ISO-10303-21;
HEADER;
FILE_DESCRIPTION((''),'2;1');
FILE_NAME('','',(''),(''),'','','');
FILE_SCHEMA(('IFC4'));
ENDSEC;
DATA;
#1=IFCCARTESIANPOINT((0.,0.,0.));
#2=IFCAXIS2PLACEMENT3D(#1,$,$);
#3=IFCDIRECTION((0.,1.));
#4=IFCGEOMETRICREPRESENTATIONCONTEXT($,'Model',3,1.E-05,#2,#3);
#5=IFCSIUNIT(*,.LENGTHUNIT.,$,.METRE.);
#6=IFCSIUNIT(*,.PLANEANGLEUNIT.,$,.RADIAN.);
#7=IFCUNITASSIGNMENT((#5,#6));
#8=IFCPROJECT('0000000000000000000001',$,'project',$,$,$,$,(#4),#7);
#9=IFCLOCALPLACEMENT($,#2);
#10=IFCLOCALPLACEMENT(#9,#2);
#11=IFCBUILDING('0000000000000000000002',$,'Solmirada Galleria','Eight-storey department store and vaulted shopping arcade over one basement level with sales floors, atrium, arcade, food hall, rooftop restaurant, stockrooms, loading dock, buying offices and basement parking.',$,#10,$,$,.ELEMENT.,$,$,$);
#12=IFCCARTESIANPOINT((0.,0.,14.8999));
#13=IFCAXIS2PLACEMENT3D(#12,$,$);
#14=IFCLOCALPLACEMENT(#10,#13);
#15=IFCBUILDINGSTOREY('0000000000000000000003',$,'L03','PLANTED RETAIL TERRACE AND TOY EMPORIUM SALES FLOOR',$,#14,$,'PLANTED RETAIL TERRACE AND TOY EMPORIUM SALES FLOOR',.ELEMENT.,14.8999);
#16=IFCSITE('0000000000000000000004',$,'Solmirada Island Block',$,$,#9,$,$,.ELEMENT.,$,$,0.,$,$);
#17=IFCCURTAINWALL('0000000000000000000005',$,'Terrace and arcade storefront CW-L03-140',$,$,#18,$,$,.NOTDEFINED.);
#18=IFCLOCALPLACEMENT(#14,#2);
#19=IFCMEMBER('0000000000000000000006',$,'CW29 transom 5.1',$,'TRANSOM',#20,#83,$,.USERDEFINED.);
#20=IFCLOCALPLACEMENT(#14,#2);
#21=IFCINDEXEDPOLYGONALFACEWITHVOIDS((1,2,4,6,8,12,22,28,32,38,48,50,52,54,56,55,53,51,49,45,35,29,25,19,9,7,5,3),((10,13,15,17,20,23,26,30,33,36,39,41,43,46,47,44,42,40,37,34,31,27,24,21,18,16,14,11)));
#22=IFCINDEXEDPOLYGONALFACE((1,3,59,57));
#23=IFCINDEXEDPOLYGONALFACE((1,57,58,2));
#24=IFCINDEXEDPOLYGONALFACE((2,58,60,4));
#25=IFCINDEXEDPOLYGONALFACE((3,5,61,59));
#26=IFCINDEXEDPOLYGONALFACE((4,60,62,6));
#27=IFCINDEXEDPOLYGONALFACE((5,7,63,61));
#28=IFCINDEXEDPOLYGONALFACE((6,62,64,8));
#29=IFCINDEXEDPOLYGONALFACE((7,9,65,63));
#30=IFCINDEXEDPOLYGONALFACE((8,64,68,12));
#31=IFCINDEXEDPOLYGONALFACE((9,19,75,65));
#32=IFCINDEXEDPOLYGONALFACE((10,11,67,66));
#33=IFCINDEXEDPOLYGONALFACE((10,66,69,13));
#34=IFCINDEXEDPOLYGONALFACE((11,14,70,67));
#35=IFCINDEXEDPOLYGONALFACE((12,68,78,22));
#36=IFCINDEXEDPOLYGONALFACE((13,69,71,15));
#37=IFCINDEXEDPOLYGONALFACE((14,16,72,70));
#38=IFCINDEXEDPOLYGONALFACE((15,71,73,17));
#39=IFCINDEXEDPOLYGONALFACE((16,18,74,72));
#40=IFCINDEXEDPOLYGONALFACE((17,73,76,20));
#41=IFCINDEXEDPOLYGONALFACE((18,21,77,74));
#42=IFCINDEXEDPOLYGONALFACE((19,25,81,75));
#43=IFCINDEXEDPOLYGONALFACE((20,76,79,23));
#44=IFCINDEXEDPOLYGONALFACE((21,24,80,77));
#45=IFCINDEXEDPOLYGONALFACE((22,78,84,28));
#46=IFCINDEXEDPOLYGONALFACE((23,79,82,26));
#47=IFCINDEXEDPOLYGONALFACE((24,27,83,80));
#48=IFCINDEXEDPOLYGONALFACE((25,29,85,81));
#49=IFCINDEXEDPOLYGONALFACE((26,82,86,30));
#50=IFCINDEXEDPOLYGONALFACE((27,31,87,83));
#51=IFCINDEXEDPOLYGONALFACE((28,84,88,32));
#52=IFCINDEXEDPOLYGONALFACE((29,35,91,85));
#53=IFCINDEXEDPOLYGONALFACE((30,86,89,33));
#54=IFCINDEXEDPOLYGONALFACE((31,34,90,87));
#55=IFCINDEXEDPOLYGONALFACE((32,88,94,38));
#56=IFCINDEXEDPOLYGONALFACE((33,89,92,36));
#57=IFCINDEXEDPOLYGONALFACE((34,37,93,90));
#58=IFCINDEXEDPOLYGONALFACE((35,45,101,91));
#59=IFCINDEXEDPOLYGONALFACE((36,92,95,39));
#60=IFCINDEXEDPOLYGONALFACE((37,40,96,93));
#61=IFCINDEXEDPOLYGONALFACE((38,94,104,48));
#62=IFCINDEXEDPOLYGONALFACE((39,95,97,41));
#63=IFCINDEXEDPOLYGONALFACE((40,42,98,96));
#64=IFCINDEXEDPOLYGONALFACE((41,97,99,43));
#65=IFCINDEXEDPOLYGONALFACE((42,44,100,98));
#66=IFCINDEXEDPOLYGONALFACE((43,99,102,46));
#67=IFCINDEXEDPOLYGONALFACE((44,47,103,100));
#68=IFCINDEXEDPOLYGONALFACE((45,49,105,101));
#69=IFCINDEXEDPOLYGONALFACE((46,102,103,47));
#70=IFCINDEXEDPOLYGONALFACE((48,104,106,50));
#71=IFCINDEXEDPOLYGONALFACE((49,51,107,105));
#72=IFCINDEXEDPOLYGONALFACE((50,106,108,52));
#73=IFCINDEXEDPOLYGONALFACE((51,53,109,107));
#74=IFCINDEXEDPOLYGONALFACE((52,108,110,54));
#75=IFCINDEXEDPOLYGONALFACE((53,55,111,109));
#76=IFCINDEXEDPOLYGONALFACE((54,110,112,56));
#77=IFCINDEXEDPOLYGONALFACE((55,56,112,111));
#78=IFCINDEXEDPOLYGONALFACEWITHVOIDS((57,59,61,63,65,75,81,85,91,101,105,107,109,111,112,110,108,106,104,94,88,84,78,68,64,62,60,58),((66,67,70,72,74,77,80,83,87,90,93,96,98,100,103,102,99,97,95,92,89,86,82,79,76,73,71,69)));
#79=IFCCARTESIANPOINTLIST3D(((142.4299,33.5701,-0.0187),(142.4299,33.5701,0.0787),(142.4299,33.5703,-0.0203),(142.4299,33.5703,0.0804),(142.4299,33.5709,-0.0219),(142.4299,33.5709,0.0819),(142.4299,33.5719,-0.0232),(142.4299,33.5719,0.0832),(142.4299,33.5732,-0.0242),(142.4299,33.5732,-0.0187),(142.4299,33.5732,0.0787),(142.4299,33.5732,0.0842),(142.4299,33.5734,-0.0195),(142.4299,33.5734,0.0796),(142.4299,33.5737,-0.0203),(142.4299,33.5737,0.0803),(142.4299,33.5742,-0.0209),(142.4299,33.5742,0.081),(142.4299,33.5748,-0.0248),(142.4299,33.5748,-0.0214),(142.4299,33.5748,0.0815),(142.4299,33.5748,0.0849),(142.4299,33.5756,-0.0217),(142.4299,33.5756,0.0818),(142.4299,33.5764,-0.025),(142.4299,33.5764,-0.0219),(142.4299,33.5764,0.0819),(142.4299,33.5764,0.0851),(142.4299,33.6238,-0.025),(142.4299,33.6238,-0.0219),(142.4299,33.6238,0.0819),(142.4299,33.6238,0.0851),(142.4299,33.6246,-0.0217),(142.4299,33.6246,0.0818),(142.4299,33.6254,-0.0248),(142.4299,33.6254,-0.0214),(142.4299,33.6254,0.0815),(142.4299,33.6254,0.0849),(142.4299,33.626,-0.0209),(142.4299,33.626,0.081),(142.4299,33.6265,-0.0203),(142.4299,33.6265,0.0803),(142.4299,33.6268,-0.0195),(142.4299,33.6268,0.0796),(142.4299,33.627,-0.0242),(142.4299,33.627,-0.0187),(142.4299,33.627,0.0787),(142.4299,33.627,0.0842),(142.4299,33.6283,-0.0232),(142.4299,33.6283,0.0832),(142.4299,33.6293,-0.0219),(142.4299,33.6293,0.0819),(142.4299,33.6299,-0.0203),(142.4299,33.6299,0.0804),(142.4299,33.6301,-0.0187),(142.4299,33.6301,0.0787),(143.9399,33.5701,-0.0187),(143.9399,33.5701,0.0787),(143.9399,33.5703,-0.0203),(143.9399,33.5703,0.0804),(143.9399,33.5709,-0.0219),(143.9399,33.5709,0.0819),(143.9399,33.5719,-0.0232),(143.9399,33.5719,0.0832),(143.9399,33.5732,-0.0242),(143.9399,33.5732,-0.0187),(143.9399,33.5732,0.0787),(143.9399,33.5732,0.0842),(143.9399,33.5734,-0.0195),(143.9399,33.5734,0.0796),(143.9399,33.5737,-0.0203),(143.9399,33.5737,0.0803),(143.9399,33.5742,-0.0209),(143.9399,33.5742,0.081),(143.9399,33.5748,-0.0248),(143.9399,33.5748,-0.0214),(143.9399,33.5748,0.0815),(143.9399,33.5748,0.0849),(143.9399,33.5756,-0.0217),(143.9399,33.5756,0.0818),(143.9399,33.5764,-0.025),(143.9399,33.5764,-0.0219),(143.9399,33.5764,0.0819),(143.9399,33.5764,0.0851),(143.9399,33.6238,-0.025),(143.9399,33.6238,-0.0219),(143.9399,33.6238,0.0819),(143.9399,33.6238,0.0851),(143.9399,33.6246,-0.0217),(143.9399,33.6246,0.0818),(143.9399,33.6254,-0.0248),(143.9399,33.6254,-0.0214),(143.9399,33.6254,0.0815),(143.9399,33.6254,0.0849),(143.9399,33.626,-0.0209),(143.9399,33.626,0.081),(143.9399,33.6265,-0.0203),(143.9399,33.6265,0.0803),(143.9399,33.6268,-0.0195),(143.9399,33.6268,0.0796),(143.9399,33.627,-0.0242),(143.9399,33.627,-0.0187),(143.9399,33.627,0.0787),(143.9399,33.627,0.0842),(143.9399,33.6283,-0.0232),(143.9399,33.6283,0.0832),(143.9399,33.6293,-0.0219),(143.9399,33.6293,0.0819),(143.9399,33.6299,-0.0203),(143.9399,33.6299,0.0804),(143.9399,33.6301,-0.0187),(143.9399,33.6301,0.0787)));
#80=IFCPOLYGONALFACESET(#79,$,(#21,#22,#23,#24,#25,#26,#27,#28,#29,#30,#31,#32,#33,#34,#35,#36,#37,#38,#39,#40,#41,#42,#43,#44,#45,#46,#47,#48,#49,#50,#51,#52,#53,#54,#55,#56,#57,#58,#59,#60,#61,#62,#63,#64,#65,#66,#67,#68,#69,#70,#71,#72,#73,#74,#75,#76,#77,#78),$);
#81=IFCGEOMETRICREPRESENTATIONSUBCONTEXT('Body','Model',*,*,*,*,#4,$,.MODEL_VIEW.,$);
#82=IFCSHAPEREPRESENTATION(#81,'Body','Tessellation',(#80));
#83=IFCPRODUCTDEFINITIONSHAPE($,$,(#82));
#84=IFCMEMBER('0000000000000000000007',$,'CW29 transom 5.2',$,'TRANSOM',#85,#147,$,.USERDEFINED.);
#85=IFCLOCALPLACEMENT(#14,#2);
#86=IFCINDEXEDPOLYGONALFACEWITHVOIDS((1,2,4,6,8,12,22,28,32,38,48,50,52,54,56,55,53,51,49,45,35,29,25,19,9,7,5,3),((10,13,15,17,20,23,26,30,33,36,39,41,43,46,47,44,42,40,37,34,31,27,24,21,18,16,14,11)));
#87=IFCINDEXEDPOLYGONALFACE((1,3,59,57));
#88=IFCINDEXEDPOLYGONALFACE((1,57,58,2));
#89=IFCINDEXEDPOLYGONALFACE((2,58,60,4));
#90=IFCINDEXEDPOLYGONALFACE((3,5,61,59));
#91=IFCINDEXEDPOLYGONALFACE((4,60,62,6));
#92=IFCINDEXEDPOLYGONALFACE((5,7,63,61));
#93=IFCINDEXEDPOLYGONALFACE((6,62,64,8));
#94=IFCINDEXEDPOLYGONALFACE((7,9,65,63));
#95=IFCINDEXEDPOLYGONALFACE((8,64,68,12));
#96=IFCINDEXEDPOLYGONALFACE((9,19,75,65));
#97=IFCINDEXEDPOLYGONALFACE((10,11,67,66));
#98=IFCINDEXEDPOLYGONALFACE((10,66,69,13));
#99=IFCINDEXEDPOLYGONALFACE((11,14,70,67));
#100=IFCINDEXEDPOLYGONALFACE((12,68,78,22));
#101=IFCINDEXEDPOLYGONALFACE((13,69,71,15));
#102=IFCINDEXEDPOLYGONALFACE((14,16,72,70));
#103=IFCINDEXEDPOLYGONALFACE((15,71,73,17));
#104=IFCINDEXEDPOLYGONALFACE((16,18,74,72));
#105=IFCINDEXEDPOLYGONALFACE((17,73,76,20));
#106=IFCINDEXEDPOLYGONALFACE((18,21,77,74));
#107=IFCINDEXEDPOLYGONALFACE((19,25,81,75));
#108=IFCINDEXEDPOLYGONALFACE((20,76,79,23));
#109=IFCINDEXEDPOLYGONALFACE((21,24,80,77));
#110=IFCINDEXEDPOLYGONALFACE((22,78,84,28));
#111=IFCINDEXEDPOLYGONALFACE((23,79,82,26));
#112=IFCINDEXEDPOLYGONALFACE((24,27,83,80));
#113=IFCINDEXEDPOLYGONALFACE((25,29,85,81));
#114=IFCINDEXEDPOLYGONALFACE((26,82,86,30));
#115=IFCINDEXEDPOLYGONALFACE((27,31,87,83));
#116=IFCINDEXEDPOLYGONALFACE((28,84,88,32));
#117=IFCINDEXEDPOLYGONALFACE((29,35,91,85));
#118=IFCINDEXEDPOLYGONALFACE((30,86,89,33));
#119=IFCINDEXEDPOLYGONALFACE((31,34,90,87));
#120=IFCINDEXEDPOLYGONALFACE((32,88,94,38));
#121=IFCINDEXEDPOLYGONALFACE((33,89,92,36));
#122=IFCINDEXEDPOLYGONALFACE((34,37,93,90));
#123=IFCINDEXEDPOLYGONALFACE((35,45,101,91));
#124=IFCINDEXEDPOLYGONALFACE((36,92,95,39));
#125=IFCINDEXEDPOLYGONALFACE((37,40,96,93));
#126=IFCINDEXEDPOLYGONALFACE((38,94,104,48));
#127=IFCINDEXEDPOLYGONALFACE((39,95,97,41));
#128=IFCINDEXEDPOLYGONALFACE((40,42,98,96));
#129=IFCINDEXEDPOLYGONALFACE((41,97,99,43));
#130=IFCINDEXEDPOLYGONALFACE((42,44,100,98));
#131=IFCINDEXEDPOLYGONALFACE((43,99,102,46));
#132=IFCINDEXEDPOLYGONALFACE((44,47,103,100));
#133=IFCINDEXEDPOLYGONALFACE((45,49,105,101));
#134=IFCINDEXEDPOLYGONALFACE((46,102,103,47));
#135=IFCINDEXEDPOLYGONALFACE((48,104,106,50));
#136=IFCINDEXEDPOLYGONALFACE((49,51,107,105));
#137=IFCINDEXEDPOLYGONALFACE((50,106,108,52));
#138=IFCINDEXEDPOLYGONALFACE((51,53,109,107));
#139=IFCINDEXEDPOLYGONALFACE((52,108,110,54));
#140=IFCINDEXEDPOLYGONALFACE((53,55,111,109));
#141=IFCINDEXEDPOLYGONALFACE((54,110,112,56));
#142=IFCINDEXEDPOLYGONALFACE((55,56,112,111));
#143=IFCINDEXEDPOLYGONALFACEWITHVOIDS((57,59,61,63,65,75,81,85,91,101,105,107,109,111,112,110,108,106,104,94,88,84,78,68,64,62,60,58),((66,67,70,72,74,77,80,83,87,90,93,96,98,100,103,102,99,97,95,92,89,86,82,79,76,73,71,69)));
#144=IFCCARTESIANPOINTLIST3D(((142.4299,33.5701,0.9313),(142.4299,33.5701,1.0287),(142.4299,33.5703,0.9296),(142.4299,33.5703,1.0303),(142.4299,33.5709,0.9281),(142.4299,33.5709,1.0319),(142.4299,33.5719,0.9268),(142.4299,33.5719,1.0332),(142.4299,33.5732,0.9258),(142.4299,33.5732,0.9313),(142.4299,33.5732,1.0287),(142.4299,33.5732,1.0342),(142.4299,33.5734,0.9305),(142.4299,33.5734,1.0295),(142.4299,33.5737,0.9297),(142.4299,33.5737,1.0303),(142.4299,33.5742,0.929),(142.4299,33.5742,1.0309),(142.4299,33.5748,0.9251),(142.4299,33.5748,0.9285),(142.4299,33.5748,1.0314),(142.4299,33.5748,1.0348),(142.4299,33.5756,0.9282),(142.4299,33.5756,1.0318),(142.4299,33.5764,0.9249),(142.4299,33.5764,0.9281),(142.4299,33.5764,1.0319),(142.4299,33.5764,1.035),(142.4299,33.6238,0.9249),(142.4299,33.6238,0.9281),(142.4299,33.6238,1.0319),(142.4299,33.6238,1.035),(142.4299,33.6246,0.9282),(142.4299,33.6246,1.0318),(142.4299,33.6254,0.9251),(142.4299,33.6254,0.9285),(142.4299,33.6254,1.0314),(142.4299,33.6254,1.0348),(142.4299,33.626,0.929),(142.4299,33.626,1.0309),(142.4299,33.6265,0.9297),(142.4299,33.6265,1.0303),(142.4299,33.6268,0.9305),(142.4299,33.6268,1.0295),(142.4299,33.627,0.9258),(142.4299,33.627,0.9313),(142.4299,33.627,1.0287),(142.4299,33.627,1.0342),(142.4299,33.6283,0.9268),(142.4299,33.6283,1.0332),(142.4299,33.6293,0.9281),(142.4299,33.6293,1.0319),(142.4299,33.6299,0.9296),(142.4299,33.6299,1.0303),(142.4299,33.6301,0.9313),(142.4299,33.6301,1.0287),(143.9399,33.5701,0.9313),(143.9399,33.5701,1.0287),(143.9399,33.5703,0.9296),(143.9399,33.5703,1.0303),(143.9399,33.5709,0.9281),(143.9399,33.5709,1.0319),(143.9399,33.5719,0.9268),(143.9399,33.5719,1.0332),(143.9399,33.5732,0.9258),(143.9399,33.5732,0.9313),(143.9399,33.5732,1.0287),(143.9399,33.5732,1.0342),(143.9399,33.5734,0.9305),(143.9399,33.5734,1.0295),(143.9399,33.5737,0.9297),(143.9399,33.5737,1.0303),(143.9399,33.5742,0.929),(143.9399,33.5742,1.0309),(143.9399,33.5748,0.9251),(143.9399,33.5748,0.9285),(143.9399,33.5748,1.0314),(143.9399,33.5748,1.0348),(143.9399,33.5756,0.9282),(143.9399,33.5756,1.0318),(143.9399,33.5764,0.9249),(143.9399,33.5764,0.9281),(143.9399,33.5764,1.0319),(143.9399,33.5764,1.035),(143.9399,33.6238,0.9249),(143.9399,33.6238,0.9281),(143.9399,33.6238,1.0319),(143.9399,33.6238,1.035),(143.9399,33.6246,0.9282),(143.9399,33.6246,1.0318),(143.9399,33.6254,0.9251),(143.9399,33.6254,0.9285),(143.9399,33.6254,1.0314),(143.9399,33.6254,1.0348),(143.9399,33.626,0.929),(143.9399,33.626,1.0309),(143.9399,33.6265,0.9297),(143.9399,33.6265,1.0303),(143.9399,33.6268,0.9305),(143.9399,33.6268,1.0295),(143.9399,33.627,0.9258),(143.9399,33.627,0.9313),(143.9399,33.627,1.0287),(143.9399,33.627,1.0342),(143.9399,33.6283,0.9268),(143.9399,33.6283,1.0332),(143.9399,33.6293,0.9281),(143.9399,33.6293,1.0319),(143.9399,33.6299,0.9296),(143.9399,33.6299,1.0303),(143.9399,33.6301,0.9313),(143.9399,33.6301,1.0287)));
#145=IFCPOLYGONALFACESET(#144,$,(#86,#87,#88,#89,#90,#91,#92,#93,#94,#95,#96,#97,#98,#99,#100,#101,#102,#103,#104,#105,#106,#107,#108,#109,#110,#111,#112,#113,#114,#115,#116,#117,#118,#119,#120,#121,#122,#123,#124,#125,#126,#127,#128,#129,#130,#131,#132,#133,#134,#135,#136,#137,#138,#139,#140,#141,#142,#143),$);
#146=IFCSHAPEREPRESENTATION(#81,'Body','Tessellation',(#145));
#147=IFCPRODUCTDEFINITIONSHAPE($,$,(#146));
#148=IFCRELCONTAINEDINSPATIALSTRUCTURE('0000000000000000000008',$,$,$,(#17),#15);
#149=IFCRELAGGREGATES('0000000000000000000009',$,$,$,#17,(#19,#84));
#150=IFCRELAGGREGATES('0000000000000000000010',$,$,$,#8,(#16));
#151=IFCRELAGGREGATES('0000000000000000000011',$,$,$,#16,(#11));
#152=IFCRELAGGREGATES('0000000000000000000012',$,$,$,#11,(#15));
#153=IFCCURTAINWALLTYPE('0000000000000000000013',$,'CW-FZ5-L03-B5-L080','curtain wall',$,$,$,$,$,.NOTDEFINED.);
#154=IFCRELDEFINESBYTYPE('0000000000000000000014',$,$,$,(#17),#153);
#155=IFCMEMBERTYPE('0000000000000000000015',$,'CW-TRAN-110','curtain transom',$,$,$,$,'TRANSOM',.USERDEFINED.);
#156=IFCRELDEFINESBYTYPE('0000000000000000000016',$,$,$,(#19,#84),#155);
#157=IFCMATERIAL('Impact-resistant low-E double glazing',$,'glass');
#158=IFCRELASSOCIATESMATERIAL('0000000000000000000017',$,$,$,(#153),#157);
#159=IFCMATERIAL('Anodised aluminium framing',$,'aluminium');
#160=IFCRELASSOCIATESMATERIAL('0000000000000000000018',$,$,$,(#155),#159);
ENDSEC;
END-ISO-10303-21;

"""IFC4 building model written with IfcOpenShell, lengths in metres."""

from ifc_helpers import new_model, si_unit, direction, frame, origin, origin_2d, place, context, subcontext, project, spatial, hollow_rectangle, extrude, material, material_profile, profile_set, type_object, element, aggregate, save


model = new_model("IFC4")

# Units and contexts
model_context = context("Model", 3, precision=1e-05, world=origin(), true_north=direction((0.0, 1.0)))
body_context = subcontext(model_context, "Body", "Model", "MODEL_VIEW")
ifc_project = project(units=[si_unit("LENGTHUNIT", "METRE"), si_unit("PLANEANGLEUNIT", "RADIAN")], contexts=[model_context])

# Site, building, storey
site_placement = place(None, origin())
site = spatial("IfcSite", under=ifc_project, at=site_placement, Name="Solmirada Island Block", CompositionType="ELEMENT", RefElevation=0.0)
building_placement = place(site_placement, origin())
building = spatial("IfcBuilding", under=site, at=building_placement, Name="Solmirada Galleria", Description="Eight-storey department store and vaulted shopping arcade over one basement level with sales floors, atrium, arcade, food hall, rooftop restaurant, stockrooms, loading dock, buying offices and basement parking.", CompositionType="ELEMENT")
storey_placement = place(building_placement, frame((0.0, 0.0, 14.8999)))
storey = spatial("IfcBuildingStorey", under=building, at=storey_placement, Name="L03", Description="PLANTED RETAIL TERRACE AND TOY EMPORIUM SALES FLOOR", LongName="PLANTED RETAIL TERRACE AND TOY EMPORIUM SALES FLOOR", CompositionType="ELEMENT", Elevation=14.8999)

# Curtain wall, members
ifc_material_1 = material(Name="Impact-resistant low-E double glazing", Category="glass")
curtain_wall_type = type_object("IfcCurtainWallType", Name="CW-FZ5-L03-B5-L080", Description="curtain wall", PredefinedType="NOTDEFINED", material=ifc_material_1)
curtain_wall_placement = place(storey_placement, origin())
curtain_wall = element("IfcCurtainWall", 1, at=curtain_wall_placement, inside=storey, type_object=curtain_wall_type, Name="Terrace and arcade storefront CW-L03-140", PredefinedType="NOTDEFINED")
ifc_material_2 = material(Name="Anodised aluminium framing", Category="aluminium")
ifc_material_profile_1 = material_profile(ifc_material_2, hollow_rectangle(XDim=0.0601, YDim=0.1101, WallThickness=0.0032, InnerFilletRadius=0.0032, OuterFilletRadius=0.0063, at=origin_2d()), Name="ALU-TRAN-110X60")
ifc_profile_set_1 = profile_set([ifc_material_profile_1], Name="Anodised aluminium framing")
member_type_1 = type_object("IfcMemberType", Name="CW-TRAN-110", Description="curtain transom", ElementType="TRANSOM", PredefinedType="USERDEFINED", material=ifc_profile_set_1)
member_1_placement = place(storey_placement, frame((142.4299, 33.6001, 0.03), z_axis=(1.0, 0.0, 0.0), x_axis=(0.0, 1.0, 0.0)))
member_1 = element("IfcMember", 2, at=member_1_placement, type_object=member_type_1, Name="CW29 transom 5.1", ObjectType="TRANSOM", PredefinedType="USERDEFINED", context=body_context, shape_type="SweptSolid", body=[
    extrude(hollow_rectangle(XDim=0.0601, YDim=0.1101, WallThickness=0.0032, InnerFilletRadius=0.0032, OuterFilletRadius=0.0063, at=origin_2d()), origin(), (0.0, 0.0, 1.0), 1.51),
])
member_2_placement = place(storey_placement, frame((142.4299, 33.6001, 0.98), z_axis=(1.0, 0.0, 0.0), x_axis=(0.0, 1.0, 0.0)))
member_2 = element("IfcMember", 3, at=member_2_placement, type_object=member_type_1, Name="CW29 transom 5.2", ObjectType="TRANSOM", PredefinedType="USERDEFINED", context=body_context, shape_type="SweptSolid", body=[
    extrude(hollow_rectangle(XDim=0.0601, YDim=0.1101, WallThickness=0.0032, InnerFilletRadius=0.0032, OuterFilletRadius=0.0063, at=origin_2d()), origin(), (0.0, 0.0, 1.0), 1.51),
])
aggregate(curtain_wall, [member_1, member_2])

save(model, "model.ifc")
